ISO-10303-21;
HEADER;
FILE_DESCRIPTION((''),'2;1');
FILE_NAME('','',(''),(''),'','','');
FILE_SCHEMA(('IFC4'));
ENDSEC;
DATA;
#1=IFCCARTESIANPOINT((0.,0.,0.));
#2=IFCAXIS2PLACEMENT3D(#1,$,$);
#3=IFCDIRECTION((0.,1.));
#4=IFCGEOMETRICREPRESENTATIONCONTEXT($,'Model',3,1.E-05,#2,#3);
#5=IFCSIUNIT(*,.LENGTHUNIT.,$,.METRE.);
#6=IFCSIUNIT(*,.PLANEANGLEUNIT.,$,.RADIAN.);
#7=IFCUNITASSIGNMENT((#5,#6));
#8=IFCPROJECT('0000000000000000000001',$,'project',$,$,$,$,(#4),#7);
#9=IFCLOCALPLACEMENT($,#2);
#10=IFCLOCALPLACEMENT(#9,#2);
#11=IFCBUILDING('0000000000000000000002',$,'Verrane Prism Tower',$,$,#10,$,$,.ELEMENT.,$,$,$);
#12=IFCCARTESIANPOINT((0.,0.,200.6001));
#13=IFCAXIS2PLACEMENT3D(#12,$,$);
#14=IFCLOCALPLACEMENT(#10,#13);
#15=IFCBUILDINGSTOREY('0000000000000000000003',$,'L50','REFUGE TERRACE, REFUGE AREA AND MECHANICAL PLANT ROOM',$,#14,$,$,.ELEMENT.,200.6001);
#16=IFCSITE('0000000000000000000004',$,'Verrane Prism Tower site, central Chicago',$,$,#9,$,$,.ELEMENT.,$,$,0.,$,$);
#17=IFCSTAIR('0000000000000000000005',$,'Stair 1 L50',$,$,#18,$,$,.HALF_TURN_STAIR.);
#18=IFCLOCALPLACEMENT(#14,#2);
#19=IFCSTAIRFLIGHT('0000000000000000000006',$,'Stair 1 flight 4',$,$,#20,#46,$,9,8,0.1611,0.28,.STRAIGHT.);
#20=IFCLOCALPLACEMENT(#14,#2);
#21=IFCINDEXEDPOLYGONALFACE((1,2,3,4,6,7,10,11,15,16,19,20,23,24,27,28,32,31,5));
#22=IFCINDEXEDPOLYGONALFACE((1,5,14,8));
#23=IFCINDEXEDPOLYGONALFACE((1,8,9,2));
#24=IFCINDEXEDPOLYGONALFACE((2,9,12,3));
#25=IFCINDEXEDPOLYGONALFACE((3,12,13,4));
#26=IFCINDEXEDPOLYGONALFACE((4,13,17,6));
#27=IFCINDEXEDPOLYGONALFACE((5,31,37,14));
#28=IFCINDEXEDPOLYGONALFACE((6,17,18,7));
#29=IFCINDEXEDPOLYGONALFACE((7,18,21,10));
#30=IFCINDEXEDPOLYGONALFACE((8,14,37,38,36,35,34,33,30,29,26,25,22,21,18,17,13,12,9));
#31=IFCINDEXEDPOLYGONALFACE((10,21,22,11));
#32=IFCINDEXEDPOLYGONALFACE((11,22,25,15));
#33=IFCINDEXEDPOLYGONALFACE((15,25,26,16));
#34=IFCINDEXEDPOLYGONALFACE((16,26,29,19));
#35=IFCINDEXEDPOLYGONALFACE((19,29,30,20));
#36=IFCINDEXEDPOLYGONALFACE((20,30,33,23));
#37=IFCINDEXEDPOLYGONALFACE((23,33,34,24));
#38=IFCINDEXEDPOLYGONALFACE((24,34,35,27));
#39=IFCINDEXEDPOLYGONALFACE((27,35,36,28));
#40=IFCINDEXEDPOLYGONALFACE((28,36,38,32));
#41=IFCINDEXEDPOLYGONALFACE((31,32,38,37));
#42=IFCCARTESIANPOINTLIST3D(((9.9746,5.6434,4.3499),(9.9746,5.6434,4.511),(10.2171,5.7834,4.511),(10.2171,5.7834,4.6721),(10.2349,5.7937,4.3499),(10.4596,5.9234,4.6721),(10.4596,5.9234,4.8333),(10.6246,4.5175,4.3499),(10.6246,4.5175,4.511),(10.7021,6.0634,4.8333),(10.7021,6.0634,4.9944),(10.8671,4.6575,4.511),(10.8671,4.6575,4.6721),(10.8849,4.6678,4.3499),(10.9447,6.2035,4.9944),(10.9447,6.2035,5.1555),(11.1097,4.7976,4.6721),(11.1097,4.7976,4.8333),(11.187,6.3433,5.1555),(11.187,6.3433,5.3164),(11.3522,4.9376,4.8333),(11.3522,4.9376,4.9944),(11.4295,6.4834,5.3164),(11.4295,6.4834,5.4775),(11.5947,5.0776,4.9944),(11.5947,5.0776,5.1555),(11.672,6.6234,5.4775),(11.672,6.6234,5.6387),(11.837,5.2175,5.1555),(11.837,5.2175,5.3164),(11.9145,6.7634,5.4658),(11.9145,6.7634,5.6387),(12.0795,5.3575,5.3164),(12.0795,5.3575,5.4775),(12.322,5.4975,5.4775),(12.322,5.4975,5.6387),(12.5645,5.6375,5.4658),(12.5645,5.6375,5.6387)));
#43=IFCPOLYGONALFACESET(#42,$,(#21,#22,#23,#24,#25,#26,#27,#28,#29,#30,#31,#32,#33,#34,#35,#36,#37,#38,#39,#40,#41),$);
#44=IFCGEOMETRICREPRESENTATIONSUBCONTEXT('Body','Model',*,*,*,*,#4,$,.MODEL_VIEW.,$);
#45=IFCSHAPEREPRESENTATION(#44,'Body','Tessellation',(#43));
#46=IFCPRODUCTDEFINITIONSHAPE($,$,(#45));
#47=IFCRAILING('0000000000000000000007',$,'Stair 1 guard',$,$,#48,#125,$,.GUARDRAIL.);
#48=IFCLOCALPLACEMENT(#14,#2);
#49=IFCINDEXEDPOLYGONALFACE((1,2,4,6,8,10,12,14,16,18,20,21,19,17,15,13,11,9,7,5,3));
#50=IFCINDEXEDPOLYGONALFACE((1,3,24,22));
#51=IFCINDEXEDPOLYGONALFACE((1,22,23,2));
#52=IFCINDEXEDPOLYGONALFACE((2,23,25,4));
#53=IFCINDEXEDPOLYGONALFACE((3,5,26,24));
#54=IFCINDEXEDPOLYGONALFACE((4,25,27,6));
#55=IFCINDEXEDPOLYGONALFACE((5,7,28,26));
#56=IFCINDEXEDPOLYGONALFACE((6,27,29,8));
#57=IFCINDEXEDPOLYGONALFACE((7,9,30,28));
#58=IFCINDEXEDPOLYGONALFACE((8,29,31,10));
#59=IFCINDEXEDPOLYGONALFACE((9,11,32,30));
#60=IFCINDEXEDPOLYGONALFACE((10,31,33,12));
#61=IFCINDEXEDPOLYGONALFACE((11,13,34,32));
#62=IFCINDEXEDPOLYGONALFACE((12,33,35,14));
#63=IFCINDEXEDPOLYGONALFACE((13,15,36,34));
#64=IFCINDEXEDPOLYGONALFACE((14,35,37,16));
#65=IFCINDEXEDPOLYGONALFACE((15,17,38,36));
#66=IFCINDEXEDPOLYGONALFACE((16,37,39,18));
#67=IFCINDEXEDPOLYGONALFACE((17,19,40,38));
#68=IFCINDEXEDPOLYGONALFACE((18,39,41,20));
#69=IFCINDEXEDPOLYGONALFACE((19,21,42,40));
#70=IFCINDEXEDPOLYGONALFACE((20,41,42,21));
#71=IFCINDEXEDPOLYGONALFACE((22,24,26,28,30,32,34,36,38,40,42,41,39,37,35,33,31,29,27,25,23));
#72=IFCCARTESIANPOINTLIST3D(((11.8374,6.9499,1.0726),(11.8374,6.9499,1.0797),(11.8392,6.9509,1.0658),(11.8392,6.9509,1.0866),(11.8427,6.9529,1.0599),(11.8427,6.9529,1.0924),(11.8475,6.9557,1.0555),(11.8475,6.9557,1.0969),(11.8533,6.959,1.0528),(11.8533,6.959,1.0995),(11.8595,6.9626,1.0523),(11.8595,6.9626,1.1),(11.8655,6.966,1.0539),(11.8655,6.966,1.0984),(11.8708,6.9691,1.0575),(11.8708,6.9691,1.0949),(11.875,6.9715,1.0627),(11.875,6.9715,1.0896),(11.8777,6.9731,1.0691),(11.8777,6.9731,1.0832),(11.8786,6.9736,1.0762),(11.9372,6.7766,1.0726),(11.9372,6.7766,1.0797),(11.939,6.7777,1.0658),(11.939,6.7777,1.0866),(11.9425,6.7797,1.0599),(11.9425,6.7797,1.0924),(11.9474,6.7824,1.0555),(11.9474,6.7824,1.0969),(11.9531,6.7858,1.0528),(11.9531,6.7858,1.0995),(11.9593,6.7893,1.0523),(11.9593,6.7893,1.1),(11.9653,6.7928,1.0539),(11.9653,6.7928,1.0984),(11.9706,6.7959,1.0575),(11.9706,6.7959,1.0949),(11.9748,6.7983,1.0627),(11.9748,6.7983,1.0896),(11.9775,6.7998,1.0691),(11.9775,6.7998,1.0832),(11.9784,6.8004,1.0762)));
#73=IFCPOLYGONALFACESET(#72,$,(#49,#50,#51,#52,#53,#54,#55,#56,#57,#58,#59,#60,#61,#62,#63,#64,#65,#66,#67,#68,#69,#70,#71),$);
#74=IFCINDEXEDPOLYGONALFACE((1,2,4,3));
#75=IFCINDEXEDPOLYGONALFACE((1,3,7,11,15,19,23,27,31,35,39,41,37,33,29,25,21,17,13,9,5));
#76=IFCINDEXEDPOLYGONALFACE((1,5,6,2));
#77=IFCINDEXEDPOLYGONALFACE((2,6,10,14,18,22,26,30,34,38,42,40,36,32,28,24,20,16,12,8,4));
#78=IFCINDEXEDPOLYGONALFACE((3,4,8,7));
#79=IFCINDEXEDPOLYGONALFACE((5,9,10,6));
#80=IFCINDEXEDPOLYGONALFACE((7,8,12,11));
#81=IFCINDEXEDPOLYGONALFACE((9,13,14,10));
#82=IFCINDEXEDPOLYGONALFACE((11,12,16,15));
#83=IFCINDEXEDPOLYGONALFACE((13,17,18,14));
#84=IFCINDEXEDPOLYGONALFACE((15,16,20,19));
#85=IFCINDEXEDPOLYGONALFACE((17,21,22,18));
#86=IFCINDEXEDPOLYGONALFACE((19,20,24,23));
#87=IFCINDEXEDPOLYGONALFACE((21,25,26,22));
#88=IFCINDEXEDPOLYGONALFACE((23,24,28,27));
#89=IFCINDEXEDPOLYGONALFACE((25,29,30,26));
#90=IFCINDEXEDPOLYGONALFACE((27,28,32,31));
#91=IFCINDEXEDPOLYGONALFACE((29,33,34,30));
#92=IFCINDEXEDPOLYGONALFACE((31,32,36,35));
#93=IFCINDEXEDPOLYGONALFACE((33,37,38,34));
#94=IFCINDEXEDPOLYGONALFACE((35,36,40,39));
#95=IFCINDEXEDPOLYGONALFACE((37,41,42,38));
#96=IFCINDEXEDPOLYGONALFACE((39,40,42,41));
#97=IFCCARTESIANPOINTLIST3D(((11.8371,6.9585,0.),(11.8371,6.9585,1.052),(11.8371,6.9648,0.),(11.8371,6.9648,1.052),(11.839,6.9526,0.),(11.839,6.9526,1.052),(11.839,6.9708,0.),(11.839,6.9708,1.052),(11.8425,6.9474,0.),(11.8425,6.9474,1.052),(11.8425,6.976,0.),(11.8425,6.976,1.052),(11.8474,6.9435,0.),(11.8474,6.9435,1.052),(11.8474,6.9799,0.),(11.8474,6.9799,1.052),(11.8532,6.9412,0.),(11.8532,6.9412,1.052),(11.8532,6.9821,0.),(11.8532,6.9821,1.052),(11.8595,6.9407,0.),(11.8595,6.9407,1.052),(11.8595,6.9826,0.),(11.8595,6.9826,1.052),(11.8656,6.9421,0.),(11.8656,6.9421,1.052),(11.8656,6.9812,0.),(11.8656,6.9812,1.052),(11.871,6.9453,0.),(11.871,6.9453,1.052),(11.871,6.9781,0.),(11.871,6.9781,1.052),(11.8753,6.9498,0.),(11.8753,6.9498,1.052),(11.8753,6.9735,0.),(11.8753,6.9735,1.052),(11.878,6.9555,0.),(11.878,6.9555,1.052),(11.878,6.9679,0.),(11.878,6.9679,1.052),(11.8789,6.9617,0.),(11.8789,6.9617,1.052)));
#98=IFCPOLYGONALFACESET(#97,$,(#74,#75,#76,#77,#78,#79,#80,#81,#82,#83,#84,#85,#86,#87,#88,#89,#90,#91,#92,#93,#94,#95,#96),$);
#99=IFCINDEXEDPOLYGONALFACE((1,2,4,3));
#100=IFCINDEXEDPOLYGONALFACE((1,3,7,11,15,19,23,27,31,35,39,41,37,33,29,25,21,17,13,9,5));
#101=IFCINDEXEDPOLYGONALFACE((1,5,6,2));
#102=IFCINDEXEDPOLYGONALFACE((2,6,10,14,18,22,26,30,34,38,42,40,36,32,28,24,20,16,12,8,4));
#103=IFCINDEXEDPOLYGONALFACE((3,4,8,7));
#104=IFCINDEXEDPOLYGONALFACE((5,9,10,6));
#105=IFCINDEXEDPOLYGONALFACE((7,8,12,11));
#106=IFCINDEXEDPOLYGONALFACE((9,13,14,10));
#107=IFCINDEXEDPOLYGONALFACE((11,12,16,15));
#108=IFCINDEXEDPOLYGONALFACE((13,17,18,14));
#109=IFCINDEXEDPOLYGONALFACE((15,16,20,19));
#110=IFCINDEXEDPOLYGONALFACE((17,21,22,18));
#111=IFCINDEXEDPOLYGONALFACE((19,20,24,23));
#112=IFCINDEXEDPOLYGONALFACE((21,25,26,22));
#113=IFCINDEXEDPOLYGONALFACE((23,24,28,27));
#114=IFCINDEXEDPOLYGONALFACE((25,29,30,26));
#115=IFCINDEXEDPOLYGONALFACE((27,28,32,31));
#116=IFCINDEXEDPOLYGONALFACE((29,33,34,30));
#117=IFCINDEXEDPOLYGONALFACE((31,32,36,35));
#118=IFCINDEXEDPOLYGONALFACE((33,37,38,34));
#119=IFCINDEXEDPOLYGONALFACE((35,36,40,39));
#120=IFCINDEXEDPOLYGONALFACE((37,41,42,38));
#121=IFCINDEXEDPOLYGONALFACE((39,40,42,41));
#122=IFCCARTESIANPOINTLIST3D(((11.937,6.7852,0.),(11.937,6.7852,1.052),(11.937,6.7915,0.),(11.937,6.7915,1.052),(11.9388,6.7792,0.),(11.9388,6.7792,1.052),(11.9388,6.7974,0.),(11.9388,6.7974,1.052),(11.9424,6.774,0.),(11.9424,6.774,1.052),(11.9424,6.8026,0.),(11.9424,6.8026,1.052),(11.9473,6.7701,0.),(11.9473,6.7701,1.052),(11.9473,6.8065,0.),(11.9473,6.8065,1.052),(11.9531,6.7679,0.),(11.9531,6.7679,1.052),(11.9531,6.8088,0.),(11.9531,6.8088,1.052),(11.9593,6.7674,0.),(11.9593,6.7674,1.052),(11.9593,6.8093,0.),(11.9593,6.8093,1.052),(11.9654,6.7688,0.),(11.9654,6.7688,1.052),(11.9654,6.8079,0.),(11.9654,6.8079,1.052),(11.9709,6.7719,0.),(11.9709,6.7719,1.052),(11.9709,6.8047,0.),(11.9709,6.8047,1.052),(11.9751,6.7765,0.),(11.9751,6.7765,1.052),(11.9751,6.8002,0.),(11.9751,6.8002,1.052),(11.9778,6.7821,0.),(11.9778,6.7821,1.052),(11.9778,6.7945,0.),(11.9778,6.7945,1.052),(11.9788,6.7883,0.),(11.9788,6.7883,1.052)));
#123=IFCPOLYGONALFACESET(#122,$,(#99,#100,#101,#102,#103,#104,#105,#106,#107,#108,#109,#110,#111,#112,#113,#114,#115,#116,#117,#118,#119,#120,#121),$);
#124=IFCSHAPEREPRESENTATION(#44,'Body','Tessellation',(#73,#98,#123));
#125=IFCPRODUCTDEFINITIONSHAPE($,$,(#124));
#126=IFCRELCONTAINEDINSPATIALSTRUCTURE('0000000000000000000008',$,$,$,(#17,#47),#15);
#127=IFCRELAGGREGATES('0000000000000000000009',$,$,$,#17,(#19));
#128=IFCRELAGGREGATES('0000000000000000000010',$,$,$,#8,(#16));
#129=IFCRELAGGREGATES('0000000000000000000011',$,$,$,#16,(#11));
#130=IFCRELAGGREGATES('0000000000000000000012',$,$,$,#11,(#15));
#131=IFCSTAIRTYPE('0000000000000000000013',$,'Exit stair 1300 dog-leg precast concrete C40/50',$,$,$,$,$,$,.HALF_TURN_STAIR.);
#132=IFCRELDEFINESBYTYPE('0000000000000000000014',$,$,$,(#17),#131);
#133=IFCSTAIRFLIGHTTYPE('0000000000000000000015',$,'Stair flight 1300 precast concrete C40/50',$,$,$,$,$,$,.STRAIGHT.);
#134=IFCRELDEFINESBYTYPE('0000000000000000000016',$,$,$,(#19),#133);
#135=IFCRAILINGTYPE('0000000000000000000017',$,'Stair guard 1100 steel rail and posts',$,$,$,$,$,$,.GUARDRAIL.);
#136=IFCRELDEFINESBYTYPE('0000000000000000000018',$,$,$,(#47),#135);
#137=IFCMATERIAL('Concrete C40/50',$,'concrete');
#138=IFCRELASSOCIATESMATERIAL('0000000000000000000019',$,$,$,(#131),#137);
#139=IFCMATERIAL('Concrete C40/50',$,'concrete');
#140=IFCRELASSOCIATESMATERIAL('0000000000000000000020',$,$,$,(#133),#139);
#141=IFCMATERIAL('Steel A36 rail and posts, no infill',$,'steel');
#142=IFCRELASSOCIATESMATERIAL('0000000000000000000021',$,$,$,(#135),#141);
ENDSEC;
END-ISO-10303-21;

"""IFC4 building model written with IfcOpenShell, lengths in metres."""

from ifc_helpers import new_model, si_unit, direction, frame, origin, origin_2d, place, context, subcontext, project, spatial, polyline, circle, outline, extrude, material, type_object, element, aggregate, save


model = new_model("IFC4")

# Units and contexts
model_context = context("Model", 3, precision=1e-05, world=origin(), true_north=direction((0.0, 1.0)))
body_context = subcontext(model_context, "Body", "Model", "MODEL_VIEW")
ifc_project = project(units=[si_unit("LENGTHUNIT", "METRE"), si_unit("PLANEANGLEUNIT", "RADIAN")], contexts=[model_context])

# Site, building, storey
site_placement = place(None, origin())
site = spatial("IfcSite", under=ifc_project, at=site_placement, Name="Verrane Prism Tower site, central Chicago", CompositionType="ELEMENT", RefElevation=0.0)
building_placement = place(site_placement, origin())
building = spatial("IfcBuilding", under=site, at=building_placement, Name="Verrane Prism Tower", CompositionType="ELEMENT")
storey_placement = place(building_placement, frame((0.0, 0.0, 200.6001)))
storey = spatial("IfcBuildingStorey", under=building, at=storey_placement, Name="L50", Description="REFUGE TERRACE, REFUGE AREA AND MECHANICAL PLANT ROOM", CompositionType="ELEMENT", Elevation=200.6001)

# Stair, stair flight
ifc_material_1 = material(Name="Concrete C40/50", Category="concrete")
stair_type = type_object("IfcStairType", Name="Exit stair 1300 dog-leg precast concrete C40/50", PredefinedType="HALF_TURN_STAIR", material=ifc_material_1)
stair_placement = place(storey_placement, origin())
stair = element("IfcStair", 1, at=stair_placement, inside=storey, type_object=stair_type, Name="Stair 1 L50", PredefinedType="HALF_TURN_STAIR")
ifc_material_2 = material(Name="Concrete C40/50", Category="concrete")
stair_flight_type = type_object("IfcStairFlightType", Name="Stair flight 1300 precast concrete C40/50", PredefinedType="STRAIGHT", material=ifc_material_2)
stair_flight_1_placement = place(storey_placement, frame((10.2996, 5.0806, 4.3499), z_axis=(0.0, 0.0, 1.0), x_axis=(0.866025, 0.5, 0.0)))
stair_flight_1 = element("IfcStairFlight", 2, at=stair_flight_1_placement, type_object=stair_flight_type, Name="Stair 1 flight 4", NumberOfRisers=9, NumberOfTreads=8, PredefinedType="STRAIGHT", RiserHeight=0.1611, TreadLength=0.28, context=body_context, shape_type="SweptSolid", body=[
    extrude(outline(polyline([(0.0, 0.0), (0.0, 0.1611), (0.28, 0.1611), (0.28, 0.3223), (0.5601, 0.3223), (0.5601, 0.4834), (0.8401, 0.4834), (0.8401, 0.6445), (1.1201, 0.6445), (1.1201, 0.8057), (1.3999, 0.8057), (1.3999, 0.9666), (1.6799, 0.9666), (1.6799, 1.1277), (1.96, 1.1277), (1.96, 1.2888), (2.24, 1.2888), (2.24, 1.45), (2.24, 1.116), (0.3005, 0.0), (0.0, 0.0)])), frame((0.0, 0.6499, 0.0), z_axis=(0.0, -1.0, 0.0), x_axis=(1.0, 0.0, 0.0)), (0.0, 0.0, 1.0), 1.3),
])
aggregate(stair, [stair_flight_1])

# Railing
ifc_material_3 = material(Name="Steel A36 rail and posts, no infill", Category="steel")
railing_type_1 = type_object("IfcRailingType", Name="Stair guard 1100 steel rail and posts", PredefinedType="GUARDRAIL", material=ifc_material_3)
railing_1_placement = place(storey_placement, frame((11.8579, 6.9617, 0.0)))
element("IfcRailing", 3, at=railing_1_placement, inside=storey, type_object=railing_type_1, Name="Stair 1 guard", PredefinedType="GUARDRAIL", context=body_context, shape_type="SweptSolid", body=[
    extrude(circle(Radius=0.0239, at=origin_2d()), frame((0.0, 0.0, 1.0762), z_axis=(0.499159, -0.86651, 0.0), x_axis=(0.86651, 0.499159, 0.0)), (0.0, 0.0, 1.0), 0.2),
    extrude(circle(Radius=0.021, at=origin_2d()), origin(), (0.0, 0.0, 1.0), 1.052),
    extrude(circle(Radius=0.021, at=origin_2d()), frame((0.0999, -0.1733, 0.0)), (0.0, 0.0, 1.0), 1.052),
])

save(model, "model.ifc")
